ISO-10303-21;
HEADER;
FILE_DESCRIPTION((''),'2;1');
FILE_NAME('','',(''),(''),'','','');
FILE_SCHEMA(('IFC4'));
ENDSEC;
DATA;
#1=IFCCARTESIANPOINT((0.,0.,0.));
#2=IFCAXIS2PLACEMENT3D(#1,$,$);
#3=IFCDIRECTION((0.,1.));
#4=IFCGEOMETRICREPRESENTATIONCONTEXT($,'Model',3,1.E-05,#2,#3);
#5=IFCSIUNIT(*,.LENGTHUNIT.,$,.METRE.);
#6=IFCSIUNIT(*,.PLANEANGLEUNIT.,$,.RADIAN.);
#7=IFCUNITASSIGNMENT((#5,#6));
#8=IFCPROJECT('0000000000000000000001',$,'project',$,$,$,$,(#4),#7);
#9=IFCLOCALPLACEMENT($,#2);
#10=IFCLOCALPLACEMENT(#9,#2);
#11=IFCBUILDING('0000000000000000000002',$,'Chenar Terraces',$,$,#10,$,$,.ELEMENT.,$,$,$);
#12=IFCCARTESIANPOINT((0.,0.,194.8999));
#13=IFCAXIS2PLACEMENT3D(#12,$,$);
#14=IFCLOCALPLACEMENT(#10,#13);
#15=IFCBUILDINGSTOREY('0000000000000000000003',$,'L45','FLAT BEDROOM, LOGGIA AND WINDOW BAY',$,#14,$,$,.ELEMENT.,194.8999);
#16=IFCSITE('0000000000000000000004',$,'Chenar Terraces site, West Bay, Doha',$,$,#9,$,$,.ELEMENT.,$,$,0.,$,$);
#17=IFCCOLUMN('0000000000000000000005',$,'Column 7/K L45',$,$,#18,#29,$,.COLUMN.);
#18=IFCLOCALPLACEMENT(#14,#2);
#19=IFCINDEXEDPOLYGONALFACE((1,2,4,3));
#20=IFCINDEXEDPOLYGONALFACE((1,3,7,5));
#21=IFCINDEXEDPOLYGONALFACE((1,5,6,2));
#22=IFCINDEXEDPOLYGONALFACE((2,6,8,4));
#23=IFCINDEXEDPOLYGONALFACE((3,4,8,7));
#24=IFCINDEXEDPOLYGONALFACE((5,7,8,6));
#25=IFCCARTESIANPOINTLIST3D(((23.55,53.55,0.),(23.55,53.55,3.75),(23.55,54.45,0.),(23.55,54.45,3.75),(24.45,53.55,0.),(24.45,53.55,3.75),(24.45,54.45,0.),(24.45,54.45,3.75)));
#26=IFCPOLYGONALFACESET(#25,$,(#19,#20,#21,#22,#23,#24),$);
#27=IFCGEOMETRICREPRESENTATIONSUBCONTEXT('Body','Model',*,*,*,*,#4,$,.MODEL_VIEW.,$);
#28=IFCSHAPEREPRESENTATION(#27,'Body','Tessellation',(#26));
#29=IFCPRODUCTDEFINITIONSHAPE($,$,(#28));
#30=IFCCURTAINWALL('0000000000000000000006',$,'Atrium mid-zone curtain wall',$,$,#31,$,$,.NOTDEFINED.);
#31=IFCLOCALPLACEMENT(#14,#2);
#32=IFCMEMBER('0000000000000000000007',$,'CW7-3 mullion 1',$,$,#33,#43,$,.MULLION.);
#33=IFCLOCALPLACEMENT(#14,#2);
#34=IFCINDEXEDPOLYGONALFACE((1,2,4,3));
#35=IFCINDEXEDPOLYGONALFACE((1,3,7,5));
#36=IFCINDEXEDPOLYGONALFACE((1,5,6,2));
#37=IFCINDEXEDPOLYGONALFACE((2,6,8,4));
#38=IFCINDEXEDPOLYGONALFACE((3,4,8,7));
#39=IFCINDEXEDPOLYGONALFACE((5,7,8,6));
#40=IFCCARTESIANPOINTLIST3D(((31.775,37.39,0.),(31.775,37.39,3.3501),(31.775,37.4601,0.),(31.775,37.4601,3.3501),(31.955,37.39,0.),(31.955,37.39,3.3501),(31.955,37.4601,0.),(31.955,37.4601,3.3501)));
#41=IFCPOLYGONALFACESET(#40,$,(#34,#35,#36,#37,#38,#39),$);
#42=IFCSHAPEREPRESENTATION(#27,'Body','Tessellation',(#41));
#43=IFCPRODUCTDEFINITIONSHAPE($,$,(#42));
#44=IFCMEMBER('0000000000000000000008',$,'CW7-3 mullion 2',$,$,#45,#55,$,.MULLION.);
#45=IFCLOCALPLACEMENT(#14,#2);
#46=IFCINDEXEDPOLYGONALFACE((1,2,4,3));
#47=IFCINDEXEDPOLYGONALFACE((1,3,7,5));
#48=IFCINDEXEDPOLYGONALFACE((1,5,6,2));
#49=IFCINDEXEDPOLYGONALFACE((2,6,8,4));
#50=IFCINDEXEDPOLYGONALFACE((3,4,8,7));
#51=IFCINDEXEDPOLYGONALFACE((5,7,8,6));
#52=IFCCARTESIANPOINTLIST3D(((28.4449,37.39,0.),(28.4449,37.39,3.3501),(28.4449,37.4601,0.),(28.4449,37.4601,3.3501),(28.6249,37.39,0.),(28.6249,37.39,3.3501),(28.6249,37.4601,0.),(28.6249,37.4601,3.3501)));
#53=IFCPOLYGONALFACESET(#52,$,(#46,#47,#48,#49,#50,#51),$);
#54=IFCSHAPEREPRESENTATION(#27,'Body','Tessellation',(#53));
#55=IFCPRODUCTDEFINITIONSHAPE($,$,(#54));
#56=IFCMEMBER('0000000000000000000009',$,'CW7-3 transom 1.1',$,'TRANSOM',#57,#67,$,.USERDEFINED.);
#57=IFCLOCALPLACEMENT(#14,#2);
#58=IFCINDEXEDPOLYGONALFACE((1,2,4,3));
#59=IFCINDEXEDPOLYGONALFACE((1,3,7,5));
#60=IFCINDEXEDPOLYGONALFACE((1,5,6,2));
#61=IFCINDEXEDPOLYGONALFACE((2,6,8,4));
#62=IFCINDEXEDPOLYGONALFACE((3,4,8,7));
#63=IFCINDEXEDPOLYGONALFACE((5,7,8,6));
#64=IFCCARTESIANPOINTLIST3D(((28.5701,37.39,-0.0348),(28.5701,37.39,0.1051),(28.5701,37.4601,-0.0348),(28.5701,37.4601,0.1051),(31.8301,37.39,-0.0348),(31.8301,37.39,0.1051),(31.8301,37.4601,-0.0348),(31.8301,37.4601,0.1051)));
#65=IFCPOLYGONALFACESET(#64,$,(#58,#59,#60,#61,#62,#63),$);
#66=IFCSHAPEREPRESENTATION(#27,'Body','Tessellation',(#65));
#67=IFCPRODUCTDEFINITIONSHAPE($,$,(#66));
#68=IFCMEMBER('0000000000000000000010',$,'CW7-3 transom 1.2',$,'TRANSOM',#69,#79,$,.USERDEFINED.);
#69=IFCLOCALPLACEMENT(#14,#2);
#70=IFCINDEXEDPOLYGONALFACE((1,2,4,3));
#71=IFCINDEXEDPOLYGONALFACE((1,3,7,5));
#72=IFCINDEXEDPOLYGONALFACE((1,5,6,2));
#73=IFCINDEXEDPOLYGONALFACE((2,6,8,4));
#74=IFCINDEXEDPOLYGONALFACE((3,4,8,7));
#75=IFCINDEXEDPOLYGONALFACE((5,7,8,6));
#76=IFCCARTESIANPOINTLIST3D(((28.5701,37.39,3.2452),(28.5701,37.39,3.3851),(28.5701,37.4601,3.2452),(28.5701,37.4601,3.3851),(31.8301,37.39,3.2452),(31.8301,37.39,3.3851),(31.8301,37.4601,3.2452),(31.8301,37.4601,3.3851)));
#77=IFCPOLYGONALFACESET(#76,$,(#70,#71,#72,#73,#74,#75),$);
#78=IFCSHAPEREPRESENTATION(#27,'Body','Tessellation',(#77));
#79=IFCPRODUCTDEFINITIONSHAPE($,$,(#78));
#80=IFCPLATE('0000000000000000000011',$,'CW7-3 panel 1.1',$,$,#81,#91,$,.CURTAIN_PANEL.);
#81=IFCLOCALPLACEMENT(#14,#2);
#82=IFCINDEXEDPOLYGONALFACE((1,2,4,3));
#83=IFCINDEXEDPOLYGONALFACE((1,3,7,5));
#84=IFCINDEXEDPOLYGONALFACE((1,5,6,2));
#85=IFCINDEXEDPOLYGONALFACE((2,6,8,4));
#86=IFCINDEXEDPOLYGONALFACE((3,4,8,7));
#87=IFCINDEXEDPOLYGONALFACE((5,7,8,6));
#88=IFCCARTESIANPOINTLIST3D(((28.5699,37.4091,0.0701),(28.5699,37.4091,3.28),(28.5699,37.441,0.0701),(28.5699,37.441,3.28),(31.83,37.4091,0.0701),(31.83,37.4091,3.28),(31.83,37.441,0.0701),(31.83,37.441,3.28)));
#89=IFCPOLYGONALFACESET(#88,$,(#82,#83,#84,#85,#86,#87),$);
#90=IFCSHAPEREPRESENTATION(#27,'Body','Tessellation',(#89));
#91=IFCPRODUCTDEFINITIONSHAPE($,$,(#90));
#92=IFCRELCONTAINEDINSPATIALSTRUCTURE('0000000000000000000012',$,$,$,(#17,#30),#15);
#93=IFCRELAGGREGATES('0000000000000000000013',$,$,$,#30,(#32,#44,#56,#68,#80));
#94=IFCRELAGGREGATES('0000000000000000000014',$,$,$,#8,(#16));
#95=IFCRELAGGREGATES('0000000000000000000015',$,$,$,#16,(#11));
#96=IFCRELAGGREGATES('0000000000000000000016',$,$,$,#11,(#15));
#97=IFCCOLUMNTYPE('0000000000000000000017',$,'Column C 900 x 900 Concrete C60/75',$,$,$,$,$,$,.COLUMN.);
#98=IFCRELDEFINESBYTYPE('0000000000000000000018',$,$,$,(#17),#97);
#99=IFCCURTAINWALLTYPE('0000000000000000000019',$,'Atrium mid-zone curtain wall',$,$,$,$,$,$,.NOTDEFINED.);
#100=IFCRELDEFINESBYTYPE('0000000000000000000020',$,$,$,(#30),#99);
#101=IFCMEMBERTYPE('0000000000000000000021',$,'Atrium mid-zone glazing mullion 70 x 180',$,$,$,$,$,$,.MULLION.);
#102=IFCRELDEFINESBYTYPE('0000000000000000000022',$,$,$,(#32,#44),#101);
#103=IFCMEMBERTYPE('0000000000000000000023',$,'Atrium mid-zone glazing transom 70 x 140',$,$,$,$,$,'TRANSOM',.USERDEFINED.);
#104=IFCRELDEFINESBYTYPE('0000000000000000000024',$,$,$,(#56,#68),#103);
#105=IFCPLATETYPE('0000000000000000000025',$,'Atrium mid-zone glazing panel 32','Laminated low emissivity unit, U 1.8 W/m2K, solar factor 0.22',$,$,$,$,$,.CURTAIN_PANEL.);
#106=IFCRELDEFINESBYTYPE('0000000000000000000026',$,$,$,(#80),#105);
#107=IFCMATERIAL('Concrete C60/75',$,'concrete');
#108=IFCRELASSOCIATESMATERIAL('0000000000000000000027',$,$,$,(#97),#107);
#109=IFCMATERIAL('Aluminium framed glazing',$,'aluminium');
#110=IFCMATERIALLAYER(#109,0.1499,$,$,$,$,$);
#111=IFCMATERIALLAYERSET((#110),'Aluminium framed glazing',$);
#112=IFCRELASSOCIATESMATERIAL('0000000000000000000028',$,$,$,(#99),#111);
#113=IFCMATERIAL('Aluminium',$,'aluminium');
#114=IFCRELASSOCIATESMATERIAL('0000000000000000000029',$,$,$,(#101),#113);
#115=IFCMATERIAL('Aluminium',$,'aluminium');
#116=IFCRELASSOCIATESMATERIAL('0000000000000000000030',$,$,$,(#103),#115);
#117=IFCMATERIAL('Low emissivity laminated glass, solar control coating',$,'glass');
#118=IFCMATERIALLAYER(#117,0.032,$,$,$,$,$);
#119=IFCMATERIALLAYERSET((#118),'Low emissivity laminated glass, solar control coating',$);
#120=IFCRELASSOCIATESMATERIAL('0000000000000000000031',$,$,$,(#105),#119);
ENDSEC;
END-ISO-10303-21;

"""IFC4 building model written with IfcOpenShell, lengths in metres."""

from ifc_helpers import new_model, si_unit, direction, frame, origin, origin_2d, place, context, subcontext, project, spatial, rectangle, extrude, material, layer, layer_set, material_profile, profile_set, type_object, element, aggregate, save


model = new_model("IFC4")

# Units and contexts
model_context = context("Model", 3, precision=1e-05, world=origin(), true_north=direction((0.0, 1.0)))
body_context = subcontext(model_context, "Body", "Model", "MODEL_VIEW")
ifc_project = project(units=[si_unit("LENGTHUNIT", "METRE"), si_unit("PLANEANGLEUNIT", "RADIAN")], contexts=[model_context])

# Site, building, storey
site_placement = place(None, origin())
site = spatial("IfcSite", under=ifc_project, at=site_placement, Name="Chenar Terraces site, West Bay, Doha", CompositionType="ELEMENT", RefElevation=0.0)
building_placement = place(site_placement, origin())
building = spatial("IfcBuilding", under=site, at=building_placement, Name="Chenar Terraces", CompositionType="ELEMENT")
storey_placement = place(building_placement, frame((0.0, 0.0, 194.8999)))
storey = spatial("IfcBuildingStorey", under=building, at=storey_placement, Name="L45", Description="FLAT BEDROOM, LOGGIA AND WINDOW BAY", CompositionType="ELEMENT", Elevation=194.8999)

# Column
ifc_material_1 = material(Name="Concrete C60/75", Category="concrete")
ifc_material_profile_1 = material_profile(ifc_material_1, rectangle(XDim=0.8999, YDim=0.8999, at=origin_2d()), Name="C 900 x 900")
ifc_profile_set_1 = profile_set([ifc_material_profile_1], Name="Concrete C60/75")
column_type = type_object("IfcColumnType", Name="Column C 900 x 900 Concrete C60/75", PredefinedType="COLUMN", material=ifc_profile_set_1)
column_placement = place(storey_placement, frame((24.0, 54.0, 0.0), z_axis=(0.0, 0.0, 1.0), x_axis=(1.0, 0.0, 0.0)))
element("IfcColumn", 1, at=column_placement, inside=storey, type_object=column_type, Name="Column 7/K L45", PredefinedType="COLUMN", context=body_context, shape_type="SweptSolid", body=[
    extrude(rectangle(XDim=0.8999, YDim=0.8999, at=origin_2d()), origin(), (0.0, 0.0, 1.0), 3.75),
])

# Curtain wall, members, plate
ifc_material_2 = material(Name="Aluminium framed glazing", Category="aluminium")
ifc_layer_1 = layer(ifc_material_2, 0.1499)
ifc_layer_set_1 = layer_set([ifc_layer_1], Name="Aluminium framed glazing")
curtain_wall_type = type_object("IfcCurtainWallType", Name="Atrium mid-zone curtain wall", PredefinedType="NOTDEFINED", material=ifc_layer_set_1)
curtain_wall_placement = place(storey_placement, origin())
curtain_wall = element("IfcCurtainWall", 2, at=curtain_wall_placement, inside=storey, type_object=curtain_wall_type, Name="Atrium mid-zone curtain wall", PredefinedType="NOTDEFINED")
ifc_material_3 = material(Name="Aluminium", Category="aluminium")
ifc_material_profile_2 = material_profile(ifc_material_3, rectangle(XDim=0.0701, YDim=0.1799, at=origin_2d()), Name="Atrium mid-zone glazing mullion 70 x 180")
ifc_profile_set_2 = profile_set([ifc_material_profile_2], Name="Aluminium")
member_type_1 = type_object("IfcMemberType", Name="Atrium mid-zone glazing mullion 70 x 180", PredefinedType="MULLION", material=ifc_profile_set_2)
member_1_placement = place(storey_placement, frame((31.865, 37.425, 0.0), z_axis=(0.0, 0.0, 1.0), x_axis=(0.0, -1.0, 0.0)))
member_1 = element("IfcMember", 3, at=member_1_placement, type_object=member_type_1, Name="CW7-3 mullion 1", PredefinedType="MULLION", context=body_context, shape_type="SweptSolid", body=[
    extrude(rectangle(XDim=0.0701, YDim=0.1799, at=origin_2d()), origin(), (0.0, 0.0, 1.0), 3.3501),
])
member_2_placement = place(storey_placement, frame((28.5349, 37.425, 0.0), z_axis=(0.0, 0.0, 1.0), x_axis=(0.0, -1.0, 0.0)))
member_2 = element("IfcMember", 4, at=member_2_placement, type_object=member_type_1, Name="CW7-3 mullion 2", PredefinedType="MULLION", context=body_context, shape_type="SweptSolid", body=[
    extrude(rectangle(XDim=0.0701, YDim=0.1799, at=origin_2d()), origin(), (0.0, 0.0, 1.0), 3.3501),
])
ifc_material_4 = material(Name="Aluminium", Category="aluminium")
ifc_material_profile_3 = material_profile(ifc_material_4, rectangle(XDim=0.0701, YDim=0.1399, at=origin_2d()), Name="Atrium mid-zone glazing transom 70 x 140")
ifc_profile_set_3 = profile_set([ifc_material_profile_3], Name="Aluminium")
member_type_2 = type_object("IfcMemberType", Name="Atrium mid-zone glazing transom 70 x 140", ElementType="TRANSOM", PredefinedType="USERDEFINED", material=ifc_profile_set_3)
member_3_placement = place(storey_placement, frame((31.8301, 37.425, 0.0352), z_axis=(-1.0, 0.0, 0.0), x_axis=(0.0, -1.0, 0.0)))
member_3 = element("IfcMember", 5, at=member_3_placement, type_object=member_type_2, Name="CW7-3 transom 1.1", ObjectType="TRANSOM", PredefinedType="USERDEFINED", context=body_context, shape_type="SweptSolid", body=[
    extrude(rectangle(XDim=0.0701, YDim=0.1399, at=origin_2d()), origin(), (0.0, 0.0, 1.0), 3.26),
])
member_4_placement = place(storey_placement, frame((31.8301, 37.425, 3.3152), z_axis=(-1.0, 0.0, 0.0), x_axis=(0.0, -1.0, 0.0)))
member_4 = element("IfcMember", 6, at=member_4_placement, type_object=member_type_2, Name="CW7-3 transom 1.2", ObjectType="TRANSOM", PredefinedType="USERDEFINED", context=body_context, shape_type="SweptSolid", body=[
    extrude(rectangle(XDim=0.0701, YDim=0.1399, at=origin_2d()), origin(), (0.0, 0.0, 1.0), 3.26),
])
ifc_material_5 = material(Name="Low emissivity laminated glass, solar control coating", Category="glass")
ifc_layer_2 = layer(ifc_material_5, 0.032)
ifc_layer_set_2 = layer_set([ifc_layer_2], Name="Low emissivity laminated glass, solar control coating")
plate_type = type_object("IfcPlateType", Name="Atrium mid-zone glazing panel 32", Description="Laminated low emissivity unit, U 1.8 W/m2K, solar factor 0.22", PredefinedType="CURTAIN_PANEL", material=ifc_layer_set_2)
plate_placement = place(storey_placement, frame((30.2, 37.425, 0.0701), z_axis=(0.0, 0.0, 1.0), x_axis=(-1.0, 0.0, 0.0)))
plate = element("IfcPlate", 7, at=plate_placement, type_object=plate_type, Name="CW7-3 panel 1.1", PredefinedType="CURTAIN_PANEL", context=body_context, shape_type="SweptSolid", body=[
    extrude(rectangle(XDim=3.26, YDim=0.032, at=origin_2d()), origin(), (0.0, 0.0, 1.0), 3.21),
])
aggregate(curtain_wall, [member_1, member_2, member_3, member_4, plate])

save(model, "model.ifc")
